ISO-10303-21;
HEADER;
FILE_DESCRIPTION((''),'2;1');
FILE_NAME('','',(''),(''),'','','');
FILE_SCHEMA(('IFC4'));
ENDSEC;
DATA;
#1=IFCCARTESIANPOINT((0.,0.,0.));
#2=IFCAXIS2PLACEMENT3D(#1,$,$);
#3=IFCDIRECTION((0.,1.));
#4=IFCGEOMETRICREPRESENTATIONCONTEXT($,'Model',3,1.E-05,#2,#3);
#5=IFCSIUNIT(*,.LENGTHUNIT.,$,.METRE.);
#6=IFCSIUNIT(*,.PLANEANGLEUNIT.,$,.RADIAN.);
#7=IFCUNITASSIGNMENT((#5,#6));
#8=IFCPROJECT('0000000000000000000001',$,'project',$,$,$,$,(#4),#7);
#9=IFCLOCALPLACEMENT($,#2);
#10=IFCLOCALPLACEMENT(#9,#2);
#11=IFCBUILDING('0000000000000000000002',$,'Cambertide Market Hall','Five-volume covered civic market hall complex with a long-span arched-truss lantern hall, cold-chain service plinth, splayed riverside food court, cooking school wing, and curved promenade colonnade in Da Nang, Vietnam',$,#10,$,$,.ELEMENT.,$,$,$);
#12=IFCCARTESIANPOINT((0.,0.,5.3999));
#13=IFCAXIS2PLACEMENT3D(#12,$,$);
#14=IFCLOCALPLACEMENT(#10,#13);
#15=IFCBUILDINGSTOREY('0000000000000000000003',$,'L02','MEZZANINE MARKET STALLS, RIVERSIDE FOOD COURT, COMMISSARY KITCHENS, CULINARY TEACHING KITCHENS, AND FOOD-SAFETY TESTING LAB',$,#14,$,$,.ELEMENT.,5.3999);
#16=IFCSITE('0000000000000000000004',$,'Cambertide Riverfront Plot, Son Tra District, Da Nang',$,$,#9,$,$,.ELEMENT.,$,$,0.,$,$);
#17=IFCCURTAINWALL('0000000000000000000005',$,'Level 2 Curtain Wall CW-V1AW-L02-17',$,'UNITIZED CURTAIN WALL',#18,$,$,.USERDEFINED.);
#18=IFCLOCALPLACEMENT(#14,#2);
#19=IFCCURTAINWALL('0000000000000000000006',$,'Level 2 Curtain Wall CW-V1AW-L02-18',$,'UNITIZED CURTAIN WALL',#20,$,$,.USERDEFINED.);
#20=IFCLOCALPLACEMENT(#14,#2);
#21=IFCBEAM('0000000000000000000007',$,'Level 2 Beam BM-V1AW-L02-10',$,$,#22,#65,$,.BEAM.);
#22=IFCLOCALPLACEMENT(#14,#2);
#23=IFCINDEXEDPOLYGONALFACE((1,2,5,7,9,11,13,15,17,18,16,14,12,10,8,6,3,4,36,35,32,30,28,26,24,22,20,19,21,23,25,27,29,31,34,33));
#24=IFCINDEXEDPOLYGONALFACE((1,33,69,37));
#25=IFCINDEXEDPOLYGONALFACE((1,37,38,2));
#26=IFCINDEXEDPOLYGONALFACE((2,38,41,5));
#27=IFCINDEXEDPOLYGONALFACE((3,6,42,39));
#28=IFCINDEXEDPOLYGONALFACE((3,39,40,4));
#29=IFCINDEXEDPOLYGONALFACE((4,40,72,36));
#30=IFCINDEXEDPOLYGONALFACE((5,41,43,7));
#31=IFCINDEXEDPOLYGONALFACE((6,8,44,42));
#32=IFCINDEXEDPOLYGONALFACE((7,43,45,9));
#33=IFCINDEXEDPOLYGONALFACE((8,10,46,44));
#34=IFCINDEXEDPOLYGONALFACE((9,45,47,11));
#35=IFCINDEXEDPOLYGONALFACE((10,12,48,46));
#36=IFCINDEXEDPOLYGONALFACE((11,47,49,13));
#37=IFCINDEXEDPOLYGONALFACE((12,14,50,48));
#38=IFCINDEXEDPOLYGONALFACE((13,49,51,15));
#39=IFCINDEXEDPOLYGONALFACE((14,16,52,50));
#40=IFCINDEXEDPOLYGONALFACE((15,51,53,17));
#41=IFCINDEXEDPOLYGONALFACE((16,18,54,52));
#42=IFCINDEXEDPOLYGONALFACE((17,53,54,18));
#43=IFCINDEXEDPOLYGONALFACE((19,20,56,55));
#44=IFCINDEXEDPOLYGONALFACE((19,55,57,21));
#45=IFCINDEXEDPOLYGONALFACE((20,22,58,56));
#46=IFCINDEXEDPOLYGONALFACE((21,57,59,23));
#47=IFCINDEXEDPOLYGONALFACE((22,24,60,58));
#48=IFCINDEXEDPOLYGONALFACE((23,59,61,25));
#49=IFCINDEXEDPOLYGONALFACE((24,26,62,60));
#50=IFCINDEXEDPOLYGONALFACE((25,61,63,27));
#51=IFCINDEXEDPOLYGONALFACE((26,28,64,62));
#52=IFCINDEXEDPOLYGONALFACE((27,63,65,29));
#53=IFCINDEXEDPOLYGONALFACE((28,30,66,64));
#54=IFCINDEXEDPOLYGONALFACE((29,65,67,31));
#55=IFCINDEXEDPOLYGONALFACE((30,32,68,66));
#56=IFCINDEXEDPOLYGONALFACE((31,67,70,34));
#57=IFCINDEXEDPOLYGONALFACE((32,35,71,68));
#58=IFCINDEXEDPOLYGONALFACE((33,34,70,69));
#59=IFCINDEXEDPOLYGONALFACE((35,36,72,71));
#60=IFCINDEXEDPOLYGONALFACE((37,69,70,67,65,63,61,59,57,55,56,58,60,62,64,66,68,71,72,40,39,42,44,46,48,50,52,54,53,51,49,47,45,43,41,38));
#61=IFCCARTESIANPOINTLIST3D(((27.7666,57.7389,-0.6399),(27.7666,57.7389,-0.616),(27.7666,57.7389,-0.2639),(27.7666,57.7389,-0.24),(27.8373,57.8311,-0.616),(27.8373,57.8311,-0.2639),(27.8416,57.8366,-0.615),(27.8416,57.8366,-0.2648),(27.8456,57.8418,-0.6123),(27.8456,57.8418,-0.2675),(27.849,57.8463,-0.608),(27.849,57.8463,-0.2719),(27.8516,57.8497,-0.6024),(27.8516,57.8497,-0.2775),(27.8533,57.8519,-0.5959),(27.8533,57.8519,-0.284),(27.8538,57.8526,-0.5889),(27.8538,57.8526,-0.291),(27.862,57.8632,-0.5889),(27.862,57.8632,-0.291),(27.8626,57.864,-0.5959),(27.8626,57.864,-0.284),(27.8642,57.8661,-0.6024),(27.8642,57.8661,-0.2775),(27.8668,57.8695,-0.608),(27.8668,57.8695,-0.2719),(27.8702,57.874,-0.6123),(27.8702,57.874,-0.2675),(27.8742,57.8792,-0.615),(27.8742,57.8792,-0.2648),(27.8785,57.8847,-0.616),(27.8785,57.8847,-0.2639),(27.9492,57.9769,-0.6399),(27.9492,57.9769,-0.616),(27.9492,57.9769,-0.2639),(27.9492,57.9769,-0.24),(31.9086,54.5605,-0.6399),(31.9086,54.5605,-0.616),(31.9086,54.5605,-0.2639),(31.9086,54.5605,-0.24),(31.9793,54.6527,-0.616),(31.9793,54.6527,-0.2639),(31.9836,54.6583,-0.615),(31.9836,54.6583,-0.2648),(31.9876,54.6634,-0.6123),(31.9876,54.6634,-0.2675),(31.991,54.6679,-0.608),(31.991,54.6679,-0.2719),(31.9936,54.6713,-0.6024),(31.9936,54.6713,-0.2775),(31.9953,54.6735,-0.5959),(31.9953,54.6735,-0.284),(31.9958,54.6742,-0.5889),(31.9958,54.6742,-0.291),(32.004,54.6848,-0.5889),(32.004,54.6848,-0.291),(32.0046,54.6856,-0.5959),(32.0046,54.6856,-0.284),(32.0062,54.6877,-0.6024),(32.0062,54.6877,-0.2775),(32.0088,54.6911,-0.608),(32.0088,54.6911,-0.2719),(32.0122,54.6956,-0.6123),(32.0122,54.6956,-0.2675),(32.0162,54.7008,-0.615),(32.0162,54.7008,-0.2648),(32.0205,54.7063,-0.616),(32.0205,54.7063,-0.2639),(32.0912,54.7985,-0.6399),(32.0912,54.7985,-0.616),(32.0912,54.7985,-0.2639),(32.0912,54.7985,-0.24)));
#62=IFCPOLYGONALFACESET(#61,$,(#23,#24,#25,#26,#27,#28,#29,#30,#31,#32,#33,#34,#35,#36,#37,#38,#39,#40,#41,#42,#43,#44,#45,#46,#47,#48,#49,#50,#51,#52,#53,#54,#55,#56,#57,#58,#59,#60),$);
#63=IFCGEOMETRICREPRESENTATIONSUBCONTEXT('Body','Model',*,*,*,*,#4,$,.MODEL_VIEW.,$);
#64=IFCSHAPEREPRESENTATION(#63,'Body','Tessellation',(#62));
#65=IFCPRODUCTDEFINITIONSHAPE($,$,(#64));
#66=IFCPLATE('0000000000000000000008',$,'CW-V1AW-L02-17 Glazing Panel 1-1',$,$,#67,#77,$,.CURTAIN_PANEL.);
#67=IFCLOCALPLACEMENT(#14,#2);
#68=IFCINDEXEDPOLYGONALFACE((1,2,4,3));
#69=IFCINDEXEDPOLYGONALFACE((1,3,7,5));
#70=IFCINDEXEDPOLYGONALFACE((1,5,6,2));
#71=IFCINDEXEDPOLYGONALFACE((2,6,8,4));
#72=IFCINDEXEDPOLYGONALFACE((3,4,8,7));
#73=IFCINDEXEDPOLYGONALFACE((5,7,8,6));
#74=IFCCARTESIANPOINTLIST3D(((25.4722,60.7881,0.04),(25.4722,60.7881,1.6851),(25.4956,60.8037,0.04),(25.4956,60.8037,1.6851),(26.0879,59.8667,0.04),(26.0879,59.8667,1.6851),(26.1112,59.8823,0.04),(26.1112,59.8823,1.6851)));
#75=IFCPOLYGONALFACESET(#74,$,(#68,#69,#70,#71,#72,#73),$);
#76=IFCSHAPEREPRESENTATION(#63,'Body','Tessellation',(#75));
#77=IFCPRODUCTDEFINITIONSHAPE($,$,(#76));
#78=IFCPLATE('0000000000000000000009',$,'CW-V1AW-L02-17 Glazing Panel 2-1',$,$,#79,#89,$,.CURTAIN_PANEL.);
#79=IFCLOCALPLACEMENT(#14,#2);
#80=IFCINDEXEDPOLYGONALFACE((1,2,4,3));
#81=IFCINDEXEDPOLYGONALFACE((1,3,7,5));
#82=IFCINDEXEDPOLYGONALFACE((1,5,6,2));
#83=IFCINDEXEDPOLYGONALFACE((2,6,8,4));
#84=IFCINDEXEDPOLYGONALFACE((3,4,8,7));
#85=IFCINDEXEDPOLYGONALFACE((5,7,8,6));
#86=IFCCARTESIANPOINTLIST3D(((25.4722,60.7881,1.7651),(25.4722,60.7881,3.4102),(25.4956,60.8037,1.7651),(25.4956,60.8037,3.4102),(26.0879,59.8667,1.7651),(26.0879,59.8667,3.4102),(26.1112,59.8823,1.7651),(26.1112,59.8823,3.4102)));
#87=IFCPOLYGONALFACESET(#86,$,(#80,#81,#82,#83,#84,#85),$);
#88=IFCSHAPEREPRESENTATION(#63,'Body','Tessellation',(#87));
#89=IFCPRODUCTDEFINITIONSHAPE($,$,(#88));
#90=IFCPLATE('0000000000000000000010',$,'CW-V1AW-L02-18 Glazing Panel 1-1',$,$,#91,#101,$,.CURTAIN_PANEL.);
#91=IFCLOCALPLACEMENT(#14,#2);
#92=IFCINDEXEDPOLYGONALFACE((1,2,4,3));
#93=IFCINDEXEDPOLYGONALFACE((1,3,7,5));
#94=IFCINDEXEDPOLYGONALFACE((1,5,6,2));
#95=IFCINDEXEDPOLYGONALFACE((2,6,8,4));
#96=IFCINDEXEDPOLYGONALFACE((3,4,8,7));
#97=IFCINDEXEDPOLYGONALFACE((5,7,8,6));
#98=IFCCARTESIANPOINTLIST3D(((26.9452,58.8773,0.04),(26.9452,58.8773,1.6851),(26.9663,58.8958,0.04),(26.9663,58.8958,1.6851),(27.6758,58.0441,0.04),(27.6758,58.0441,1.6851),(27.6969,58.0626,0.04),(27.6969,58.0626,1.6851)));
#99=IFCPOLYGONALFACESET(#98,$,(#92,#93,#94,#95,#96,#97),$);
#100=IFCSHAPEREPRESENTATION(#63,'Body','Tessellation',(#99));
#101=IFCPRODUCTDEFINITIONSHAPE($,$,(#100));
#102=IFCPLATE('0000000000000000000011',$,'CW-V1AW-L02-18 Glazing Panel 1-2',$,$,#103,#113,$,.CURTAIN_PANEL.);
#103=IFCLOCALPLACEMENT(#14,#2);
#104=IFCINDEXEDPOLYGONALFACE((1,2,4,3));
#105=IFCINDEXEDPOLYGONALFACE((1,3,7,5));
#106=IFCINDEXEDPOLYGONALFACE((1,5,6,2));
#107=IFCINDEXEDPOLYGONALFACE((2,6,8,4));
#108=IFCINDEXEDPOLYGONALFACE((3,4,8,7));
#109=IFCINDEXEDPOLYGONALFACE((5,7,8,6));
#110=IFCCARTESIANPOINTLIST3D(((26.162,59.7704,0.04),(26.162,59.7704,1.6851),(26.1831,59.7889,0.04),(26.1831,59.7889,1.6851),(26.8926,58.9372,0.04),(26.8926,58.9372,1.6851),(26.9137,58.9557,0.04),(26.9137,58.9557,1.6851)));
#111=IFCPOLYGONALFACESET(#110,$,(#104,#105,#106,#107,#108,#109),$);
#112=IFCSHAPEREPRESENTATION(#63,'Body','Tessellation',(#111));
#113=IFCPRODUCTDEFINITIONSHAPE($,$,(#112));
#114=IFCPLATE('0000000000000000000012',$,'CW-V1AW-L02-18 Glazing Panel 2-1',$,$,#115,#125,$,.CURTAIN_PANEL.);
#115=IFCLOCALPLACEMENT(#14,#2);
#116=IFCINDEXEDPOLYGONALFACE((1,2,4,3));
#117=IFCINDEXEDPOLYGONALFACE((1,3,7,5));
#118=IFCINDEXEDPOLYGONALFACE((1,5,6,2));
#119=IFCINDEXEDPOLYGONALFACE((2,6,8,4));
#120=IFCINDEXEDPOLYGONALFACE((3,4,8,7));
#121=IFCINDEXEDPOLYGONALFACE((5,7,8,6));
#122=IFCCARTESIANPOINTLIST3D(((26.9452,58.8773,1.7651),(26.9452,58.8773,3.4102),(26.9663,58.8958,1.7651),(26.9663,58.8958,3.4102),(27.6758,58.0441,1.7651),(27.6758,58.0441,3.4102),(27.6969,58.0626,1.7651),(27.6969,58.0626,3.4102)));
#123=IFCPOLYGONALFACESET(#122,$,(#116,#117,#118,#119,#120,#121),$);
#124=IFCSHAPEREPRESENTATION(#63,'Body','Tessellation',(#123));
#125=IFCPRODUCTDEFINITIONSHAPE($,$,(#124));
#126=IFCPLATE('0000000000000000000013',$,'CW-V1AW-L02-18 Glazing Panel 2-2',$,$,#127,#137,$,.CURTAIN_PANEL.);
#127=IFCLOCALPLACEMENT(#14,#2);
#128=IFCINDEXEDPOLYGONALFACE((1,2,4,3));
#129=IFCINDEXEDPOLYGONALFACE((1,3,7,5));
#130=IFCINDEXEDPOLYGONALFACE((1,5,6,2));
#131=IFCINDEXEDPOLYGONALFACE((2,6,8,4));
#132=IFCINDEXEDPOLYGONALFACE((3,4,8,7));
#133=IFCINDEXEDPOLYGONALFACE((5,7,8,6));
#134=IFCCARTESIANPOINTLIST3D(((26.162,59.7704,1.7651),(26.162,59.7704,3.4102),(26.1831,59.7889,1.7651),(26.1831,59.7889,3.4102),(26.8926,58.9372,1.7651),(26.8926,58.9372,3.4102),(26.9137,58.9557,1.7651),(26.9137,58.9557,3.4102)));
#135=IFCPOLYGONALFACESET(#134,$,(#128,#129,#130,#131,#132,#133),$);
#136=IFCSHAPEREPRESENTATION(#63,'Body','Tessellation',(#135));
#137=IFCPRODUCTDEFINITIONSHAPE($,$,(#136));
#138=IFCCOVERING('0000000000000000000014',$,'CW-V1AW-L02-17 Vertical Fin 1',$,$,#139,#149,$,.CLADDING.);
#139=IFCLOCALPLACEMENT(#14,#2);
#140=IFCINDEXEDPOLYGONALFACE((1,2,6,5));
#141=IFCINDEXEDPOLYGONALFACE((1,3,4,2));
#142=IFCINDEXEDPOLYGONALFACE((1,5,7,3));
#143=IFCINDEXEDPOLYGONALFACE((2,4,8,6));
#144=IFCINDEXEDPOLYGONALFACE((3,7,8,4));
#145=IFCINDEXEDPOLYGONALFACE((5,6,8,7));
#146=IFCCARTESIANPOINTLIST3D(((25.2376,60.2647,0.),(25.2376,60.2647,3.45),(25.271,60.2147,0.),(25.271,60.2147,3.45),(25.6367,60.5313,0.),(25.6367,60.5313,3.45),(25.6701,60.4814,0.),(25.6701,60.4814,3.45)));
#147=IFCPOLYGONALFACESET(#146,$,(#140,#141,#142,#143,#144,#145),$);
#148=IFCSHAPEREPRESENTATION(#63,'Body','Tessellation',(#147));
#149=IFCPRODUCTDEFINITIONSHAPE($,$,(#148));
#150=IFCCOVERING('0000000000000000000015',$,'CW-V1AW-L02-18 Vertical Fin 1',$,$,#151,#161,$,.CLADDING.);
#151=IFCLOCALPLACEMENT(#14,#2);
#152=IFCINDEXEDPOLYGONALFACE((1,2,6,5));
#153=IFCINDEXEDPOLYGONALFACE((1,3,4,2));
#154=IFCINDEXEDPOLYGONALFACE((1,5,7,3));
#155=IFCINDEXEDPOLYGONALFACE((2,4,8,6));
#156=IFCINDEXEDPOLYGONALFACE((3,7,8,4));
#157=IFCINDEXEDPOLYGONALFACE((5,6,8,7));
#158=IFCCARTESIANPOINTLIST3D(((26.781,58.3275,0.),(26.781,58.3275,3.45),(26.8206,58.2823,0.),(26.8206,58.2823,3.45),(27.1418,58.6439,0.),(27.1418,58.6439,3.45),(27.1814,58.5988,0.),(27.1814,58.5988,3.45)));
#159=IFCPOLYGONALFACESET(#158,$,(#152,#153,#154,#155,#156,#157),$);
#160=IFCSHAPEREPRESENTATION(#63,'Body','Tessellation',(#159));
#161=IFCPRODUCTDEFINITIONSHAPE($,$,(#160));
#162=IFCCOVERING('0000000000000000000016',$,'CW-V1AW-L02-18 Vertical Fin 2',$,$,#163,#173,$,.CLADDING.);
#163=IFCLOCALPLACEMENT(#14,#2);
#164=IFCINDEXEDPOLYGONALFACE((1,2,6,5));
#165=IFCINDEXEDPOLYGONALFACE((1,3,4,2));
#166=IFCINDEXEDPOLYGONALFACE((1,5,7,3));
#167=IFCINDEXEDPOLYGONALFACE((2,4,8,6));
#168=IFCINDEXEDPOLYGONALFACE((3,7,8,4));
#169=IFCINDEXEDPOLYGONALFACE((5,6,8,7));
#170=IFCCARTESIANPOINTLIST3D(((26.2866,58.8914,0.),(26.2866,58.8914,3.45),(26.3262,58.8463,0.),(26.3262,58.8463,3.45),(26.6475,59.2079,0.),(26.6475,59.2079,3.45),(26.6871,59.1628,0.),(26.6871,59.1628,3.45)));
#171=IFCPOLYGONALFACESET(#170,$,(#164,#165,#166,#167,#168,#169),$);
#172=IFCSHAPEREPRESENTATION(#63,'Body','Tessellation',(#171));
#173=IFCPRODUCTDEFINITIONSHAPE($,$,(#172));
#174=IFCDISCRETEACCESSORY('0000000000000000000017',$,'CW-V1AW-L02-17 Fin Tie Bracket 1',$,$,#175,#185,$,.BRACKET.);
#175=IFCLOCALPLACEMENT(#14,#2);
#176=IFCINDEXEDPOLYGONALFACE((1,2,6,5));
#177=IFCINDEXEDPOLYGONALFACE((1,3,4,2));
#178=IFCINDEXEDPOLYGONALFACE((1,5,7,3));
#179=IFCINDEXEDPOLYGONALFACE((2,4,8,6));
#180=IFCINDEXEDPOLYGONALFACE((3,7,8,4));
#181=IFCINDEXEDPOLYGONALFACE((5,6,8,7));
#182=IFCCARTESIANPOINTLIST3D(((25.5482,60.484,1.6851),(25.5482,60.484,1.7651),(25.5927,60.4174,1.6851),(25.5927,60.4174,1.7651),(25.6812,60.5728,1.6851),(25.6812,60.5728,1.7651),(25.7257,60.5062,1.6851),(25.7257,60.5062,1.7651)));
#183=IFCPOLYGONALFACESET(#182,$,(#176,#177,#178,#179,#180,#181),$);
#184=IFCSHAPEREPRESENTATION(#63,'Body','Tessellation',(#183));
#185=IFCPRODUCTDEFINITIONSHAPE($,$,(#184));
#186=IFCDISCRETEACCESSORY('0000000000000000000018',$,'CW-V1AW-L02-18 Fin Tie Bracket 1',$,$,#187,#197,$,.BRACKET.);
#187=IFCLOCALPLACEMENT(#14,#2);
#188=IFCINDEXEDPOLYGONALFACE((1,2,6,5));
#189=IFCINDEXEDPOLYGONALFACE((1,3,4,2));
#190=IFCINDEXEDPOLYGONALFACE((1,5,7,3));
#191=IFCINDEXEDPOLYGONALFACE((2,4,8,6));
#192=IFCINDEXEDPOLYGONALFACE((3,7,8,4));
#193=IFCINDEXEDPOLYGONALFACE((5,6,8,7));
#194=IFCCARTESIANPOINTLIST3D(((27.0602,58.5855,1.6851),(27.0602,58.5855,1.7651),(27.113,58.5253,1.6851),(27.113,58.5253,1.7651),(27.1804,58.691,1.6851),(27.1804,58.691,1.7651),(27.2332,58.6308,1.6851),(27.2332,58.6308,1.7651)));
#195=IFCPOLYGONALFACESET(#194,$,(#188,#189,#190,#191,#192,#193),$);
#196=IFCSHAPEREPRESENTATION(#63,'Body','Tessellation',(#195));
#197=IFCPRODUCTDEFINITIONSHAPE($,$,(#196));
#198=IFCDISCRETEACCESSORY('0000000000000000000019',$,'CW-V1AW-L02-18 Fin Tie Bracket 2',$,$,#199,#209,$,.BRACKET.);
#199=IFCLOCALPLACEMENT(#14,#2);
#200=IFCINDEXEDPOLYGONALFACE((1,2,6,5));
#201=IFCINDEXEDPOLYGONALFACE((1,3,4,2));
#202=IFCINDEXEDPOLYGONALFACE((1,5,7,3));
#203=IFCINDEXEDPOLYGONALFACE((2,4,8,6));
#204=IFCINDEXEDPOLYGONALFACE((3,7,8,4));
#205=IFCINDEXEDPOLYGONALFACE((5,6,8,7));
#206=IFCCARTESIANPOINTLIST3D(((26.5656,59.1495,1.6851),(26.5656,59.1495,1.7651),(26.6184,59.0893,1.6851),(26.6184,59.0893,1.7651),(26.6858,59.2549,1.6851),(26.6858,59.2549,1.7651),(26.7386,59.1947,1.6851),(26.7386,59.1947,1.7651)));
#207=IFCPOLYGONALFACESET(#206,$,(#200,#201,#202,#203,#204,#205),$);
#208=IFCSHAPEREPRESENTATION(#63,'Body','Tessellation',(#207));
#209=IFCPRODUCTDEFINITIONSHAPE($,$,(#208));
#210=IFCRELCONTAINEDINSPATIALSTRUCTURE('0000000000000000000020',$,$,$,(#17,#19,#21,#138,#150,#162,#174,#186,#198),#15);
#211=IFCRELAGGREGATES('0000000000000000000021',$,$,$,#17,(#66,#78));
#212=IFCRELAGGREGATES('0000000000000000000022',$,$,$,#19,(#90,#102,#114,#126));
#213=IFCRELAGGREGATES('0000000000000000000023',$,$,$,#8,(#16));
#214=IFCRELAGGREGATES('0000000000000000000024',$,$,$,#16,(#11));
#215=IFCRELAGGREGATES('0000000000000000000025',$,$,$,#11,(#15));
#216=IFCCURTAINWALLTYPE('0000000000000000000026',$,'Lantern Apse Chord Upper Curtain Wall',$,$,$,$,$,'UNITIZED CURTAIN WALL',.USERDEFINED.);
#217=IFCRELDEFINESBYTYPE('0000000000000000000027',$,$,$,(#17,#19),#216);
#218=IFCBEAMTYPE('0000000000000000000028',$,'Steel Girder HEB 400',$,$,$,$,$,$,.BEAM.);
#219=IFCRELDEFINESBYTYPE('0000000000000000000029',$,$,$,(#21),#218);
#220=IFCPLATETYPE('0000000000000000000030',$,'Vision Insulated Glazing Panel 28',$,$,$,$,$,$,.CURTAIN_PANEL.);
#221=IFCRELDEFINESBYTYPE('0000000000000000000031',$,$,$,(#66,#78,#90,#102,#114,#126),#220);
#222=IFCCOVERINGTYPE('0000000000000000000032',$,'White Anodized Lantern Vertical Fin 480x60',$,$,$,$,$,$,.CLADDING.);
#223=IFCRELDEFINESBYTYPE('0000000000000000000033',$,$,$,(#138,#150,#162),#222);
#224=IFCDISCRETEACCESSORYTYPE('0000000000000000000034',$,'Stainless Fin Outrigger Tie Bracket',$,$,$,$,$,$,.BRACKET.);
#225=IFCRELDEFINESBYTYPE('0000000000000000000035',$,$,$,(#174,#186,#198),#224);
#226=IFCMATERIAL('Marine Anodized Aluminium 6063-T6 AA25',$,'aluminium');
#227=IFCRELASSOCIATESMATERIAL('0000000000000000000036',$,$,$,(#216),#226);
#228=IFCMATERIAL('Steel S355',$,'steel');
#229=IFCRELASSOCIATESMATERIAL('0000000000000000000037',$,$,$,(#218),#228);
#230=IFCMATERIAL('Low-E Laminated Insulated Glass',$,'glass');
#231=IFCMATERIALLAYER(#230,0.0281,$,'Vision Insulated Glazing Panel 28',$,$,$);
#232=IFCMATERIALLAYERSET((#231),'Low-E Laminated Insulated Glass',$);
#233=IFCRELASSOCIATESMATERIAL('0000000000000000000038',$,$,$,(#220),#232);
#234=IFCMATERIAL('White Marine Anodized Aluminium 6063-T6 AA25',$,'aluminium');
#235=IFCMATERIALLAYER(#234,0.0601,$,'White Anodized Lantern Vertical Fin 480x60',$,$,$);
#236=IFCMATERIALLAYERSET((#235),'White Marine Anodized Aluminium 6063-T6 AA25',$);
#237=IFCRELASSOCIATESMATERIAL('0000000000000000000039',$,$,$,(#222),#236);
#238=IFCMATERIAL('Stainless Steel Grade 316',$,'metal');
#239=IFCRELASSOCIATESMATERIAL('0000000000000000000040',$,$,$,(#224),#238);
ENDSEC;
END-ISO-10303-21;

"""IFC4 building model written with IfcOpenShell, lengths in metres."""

from ifc_helpers import new_model, si_unit, direction, frame, origin, origin_2d, place, context, subcontext, project, spatial, rectangle, i_section, extrude, material, layer, layer_set, material_profile, profile_set, type_object, element, aggregate, save


model = new_model("IFC4")

# Units and contexts
model_context = context("Model", 3, precision=1e-05, world=origin(), true_north=direction((0.0, 1.0)))
body_context = subcontext(model_context, "Body", "Model", "MODEL_VIEW")
ifc_project = project(units=[si_unit("LENGTHUNIT", "METRE"), si_unit("PLANEANGLEUNIT", "RADIAN")], contexts=[model_context])

# Site, building, storey
site_placement = place(None, origin())
site = spatial("IfcSite", under=ifc_project, at=site_placement, Name="Cambertide Riverfront Plot, Son Tra District, Da Nang", CompositionType="ELEMENT", RefElevation=0.0)
building_placement = place(site_placement, origin())
building = spatial("IfcBuilding", under=site, at=building_placement, Name="Cambertide Market Hall", Description="Five-volume covered civic market hall complex with a long-span arched-truss lantern hall, cold-chain service plinth, splayed riverside food court, cooking school wing, and curved promenade colonnade in Da Nang, Vietnam", CompositionType="ELEMENT")
storey_placement = place(building_placement, frame((0.0, 0.0, 5.3999)))
storey = spatial("IfcBuildingStorey", under=building, at=storey_placement, Name="L02", Description="MEZZANINE MARKET STALLS, RIVERSIDE FOOD COURT, COMMISSARY KITCHENS, CULINARY TEACHING KITCHENS, AND FOOD-SAFETY TESTING LAB", CompositionType="ELEMENT", Elevation=5.3999)

# Curtain wall
ifc_material_1 = material(Name="Marine Anodized Aluminium 6063-T6 AA25", Category="aluminium")
curtain_wall_type = type_object("IfcCurtainWallType", Name="Lantern Apse Chord Upper Curtain Wall", ElementType="UNITIZED CURTAIN WALL", PredefinedType="USERDEFINED", material=ifc_material_1)
curtain_wall_1_placement = place(storey_placement, origin())
curtain_wall_1 = element("IfcCurtainWall", 1, at=curtain_wall_1_placement, inside=storey, type_object=curtain_wall_type, Name="Level 2 Curtain Wall CW-V1AW-L02-17", ObjectType="UNITIZED CURTAIN WALL", PredefinedType="USERDEFINED")

# Curtain wall
curtain_wall_2_placement = place(storey_placement, origin())
curtain_wall_2 = element("IfcCurtainWall", 2, at=curtain_wall_2_placement, inside=storey, type_object=curtain_wall_type, Name="Level 2 Curtain Wall CW-V1AW-L02-18", ObjectType="UNITIZED CURTAIN WALL", PredefinedType="USERDEFINED")

# Beam
ifc_material_2 = material(Name="Steel S355", Category="steel")
ifc_material_profile_1 = material_profile(ifc_material_2, i_section(OverallWidth=0.3, OverallDepth=0.3999, WebThickness=0.0134, FlangeThickness=0.0239, FilletRadius=0.0271, at=origin_2d()), Name="HEB 400")
ifc_profile_set_1 = profile_set([ifc_material_profile_1], Name="Steel S355")
beam_type_1 = type_object("IfcBeamType", Name="Steel Girder HEB 400", PredefinedType="BEAM", material=ifc_profile_set_1)
beam_1_placement = place(storey_placement, frame((27.8579, 57.8579, -0.4399), z_axis=(0.793341, -0.608777, 0.0), x_axis=(0.608777, 0.793341, 0.0)))
element("IfcBeam", 3, at=beam_1_placement, inside=storey, type_object=beam_type_1, Name="Level 2 Beam BM-V1AW-L02-10", PredefinedType="BEAM", context=body_context, shape_type="SweptSolid", body=[
    extrude(i_section(OverallWidth=0.3, OverallDepth=0.3999, WebThickness=0.0134, FlangeThickness=0.0239, FilletRadius=0.0271, at=origin_2d()), origin(), (0.0, 0.0, 1.0), 5.2209),
])

# Plates
ifc_material_3 = material(Name="Low-E Laminated Insulated Glass", Category="glass")
ifc_layer_1 = layer(ifc_material_3, 0.0281, Name="Vision Insulated Glazing Panel 28")
ifc_layer_set_1 = layer_set([ifc_layer_1], Name="Low-E Laminated Insulated Glass")
plate_type = type_object("IfcPlateType", Name="Vision Insulated Glazing Panel 28", PredefinedType="CURTAIN_PANEL", material=ifc_layer_set_1)
plate_1_placement = place(storey_placement, frame((25.7917, 60.3352, 0.04), z_axis=(0.0, 0.0, 1.0), x_axis=(-0.55557, 0.83147, 0.0)))
plate_1 = element("IfcPlate", 4, at=plate_1_placement, type_object=plate_type, Name="CW-V1AW-L02-17 Glazing Panel 1-1", PredefinedType="CURTAIN_PANEL", context=body_context, shape_type="SweptSolid", body=[
    extrude(rectangle(XDim=1.1082, YDim=0.0281, at=origin_2d()), origin(), (0.0, 0.0, 1.0), 1.645),
])
plate_2_placement = place(storey_placement, frame((25.7917, 60.3352, 1.7651), z_axis=(0.0, 0.0, 1.0), x_axis=(-0.55557, 0.83147, 0.0)))
plate_2 = element("IfcPlate", 5, at=plate_2_placement, type_object=plate_type, Name="CW-V1AW-L02-17 Glazing Panel 2-1", PredefinedType="CURTAIN_PANEL", context=body_context, shape_type="SweptSolid", body=[
    extrude(rectangle(XDim=1.1082, YDim=0.0281, at=origin_2d()), origin(), (0.0, 0.0, 1.0), 1.645),
])
aggregate(curtain_wall_1, [plate_1, plate_2])
plate_3_placement = place(storey_placement, frame((27.321, 58.47, 0.04), z_axis=(0.0, 0.0, 1.0), x_axis=(-0.659346, 0.75184, 0.0)))
plate_3 = element("IfcPlate", 6, at=plate_3_placement, type_object=plate_type, Name="CW-V1AW-L02-18 Glazing Panel 1-1", PredefinedType="CURTAIN_PANEL", context=body_context, shape_type="SweptSolid", body=[
    extrude(rectangle(XDim=1.1082, YDim=0.0281, at=origin_2d()), origin(), (0.0, 0.0, 1.0), 1.645),
])
plate_4_placement = place(storey_placement, frame((26.5378, 59.363, 0.04), z_axis=(0.0, 0.0, 1.0), x_axis=(-0.659346, 0.75184, 0.0)))
plate_4 = element("IfcPlate", 7, at=plate_4_placement, type_object=plate_type, Name="CW-V1AW-L02-18 Glazing Panel 1-2", PredefinedType="CURTAIN_PANEL", context=body_context, shape_type="SweptSolid", body=[
    extrude(rectangle(XDim=1.1082, YDim=0.0281, at=origin_2d()), origin(), (0.0, 0.0, 1.0), 1.645),
])
plate_5_placement = place(storey_placement, frame((27.321, 58.47, 1.7651), z_axis=(0.0, 0.0, 1.0), x_axis=(-0.659346, 0.75184, 0.0)))
plate_5 = element("IfcPlate", 8, at=plate_5_placement, type_object=plate_type, Name="CW-V1AW-L02-18 Glazing Panel 2-1", PredefinedType="CURTAIN_PANEL", context=body_context, shape_type="SweptSolid", body=[
    extrude(rectangle(XDim=1.1082, YDim=0.0281, at=origin_2d()), origin(), (0.0, 0.0, 1.0), 1.645),
])
plate_6_placement = place(storey_placement, frame((26.5378, 59.363, 1.7651), z_axis=(0.0, 0.0, 1.0), x_axis=(-0.659346, 0.75184, 0.0)))
plate_6 = element("IfcPlate", 9, at=plate_6_placement, type_object=plate_type, Name="CW-V1AW-L02-18 Glazing Panel 2-2", PredefinedType="CURTAIN_PANEL", context=body_context, shape_type="SweptSolid", body=[
    extrude(rectangle(XDim=1.1082, YDim=0.0281, at=origin_2d()), origin(), (0.0, 0.0, 1.0), 1.645),
])
aggregate(curtain_wall_2, [plate_3, plate_4, plate_5, plate_6])

# Coverings
ifc_material_4 = material(Name="White Marine Anodized Aluminium 6063-T6 AA25", Category="aluminium")
ifc_layer_2 = layer(ifc_material_4, 0.0601, Name="White Anodized Lantern Vertical Fin 480x60")
ifc_layer_set_2 = layer_set([ifc_layer_2], Name="White Marine Anodized Aluminium 6063-T6 AA25")
covering_type = type_object("IfcCoveringType", Name="White Anodized Lantern Vertical Fin 480x60", PredefinedType="CLADDING", material=ifc_layer_set_2)
for number, where, z_axis, x_axis, name in (
    (10, (25.4539, 60.373, 0.0), (0.0, 0.0, 1.0), (-0.55557, 0.83147, 0.0), "CW-V1AW-L02-17 Vertical Fin 1"),
    (11, (26.9812, 58.4631, 0.0), (0.0, 0.0, 1.0), (-0.659346, 0.75184, 0.0), "CW-V1AW-L02-18 Vertical Fin 1"),
    (12, (26.4868, 59.0271, 0.0), (0.0, 0.0, 1.0), (-0.659346, 0.75184, 0.0), "CW-V1AW-L02-18 Vertical Fin 2"),
):
    element("IfcCovering", number, at=place(storey_placement, frame(where, z_axis=z_axis, x_axis=x_axis)), inside=storey, type_object=covering_type, Name=name, PredefinedType="CLADDING", context=body_context, shape_type="SweptSolid", body=[
        extrude(rectangle(XDim=0.0601, YDim=0.48, at=origin_2d()), origin(), (0.0, 0.0, 1.0), 3.45),
    ])

# Discrete accessories
ifc_material_5 = material(Name="Stainless Steel Grade 316", Category="metal")
discrete_accessory_type = type_object("IfcDiscreteAccessoryType", Name="Stainless Fin Outrigger Tie Bracket", PredefinedType="BRACKET", material=ifc_material_5)
for number, where, z_axis, x_axis, name in (
    (13, (25.637, 60.4951, 1.6851), (0.0, 0.0, 1.0), (-0.55557, 0.83147, 0.0), "CW-V1AW-L02-17 Fin Tie Bracket 1"),
    (14, (27.1467, 58.6082, 1.6851), (0.0, 0.0, 1.0), (-0.659346, 0.75184, 0.0), "CW-V1AW-L02-18 Fin Tie Bracket 1"),
    (15, (26.6521, 59.1721, 1.6851), (0.0, 0.0, 1.0), (-0.659346, 0.75184, 0.0), "CW-V1AW-L02-18 Fin Tie Bracket 2"),
):
    element("IfcDiscreteAccessory", number, at=place(storey_placement, frame(where, z_axis=z_axis, x_axis=x_axis)), inside=storey, type_object=discrete_accessory_type, Name=name, PredefinedType="BRACKET", context=body_context, shape_type="SweptSolid", body=[
        extrude(rectangle(XDim=0.0801, YDim=0.1599, at=origin_2d()), origin(), (0.0, 0.0, 1.0), 0.0801),
    ])

save(model, "model.ifc")
